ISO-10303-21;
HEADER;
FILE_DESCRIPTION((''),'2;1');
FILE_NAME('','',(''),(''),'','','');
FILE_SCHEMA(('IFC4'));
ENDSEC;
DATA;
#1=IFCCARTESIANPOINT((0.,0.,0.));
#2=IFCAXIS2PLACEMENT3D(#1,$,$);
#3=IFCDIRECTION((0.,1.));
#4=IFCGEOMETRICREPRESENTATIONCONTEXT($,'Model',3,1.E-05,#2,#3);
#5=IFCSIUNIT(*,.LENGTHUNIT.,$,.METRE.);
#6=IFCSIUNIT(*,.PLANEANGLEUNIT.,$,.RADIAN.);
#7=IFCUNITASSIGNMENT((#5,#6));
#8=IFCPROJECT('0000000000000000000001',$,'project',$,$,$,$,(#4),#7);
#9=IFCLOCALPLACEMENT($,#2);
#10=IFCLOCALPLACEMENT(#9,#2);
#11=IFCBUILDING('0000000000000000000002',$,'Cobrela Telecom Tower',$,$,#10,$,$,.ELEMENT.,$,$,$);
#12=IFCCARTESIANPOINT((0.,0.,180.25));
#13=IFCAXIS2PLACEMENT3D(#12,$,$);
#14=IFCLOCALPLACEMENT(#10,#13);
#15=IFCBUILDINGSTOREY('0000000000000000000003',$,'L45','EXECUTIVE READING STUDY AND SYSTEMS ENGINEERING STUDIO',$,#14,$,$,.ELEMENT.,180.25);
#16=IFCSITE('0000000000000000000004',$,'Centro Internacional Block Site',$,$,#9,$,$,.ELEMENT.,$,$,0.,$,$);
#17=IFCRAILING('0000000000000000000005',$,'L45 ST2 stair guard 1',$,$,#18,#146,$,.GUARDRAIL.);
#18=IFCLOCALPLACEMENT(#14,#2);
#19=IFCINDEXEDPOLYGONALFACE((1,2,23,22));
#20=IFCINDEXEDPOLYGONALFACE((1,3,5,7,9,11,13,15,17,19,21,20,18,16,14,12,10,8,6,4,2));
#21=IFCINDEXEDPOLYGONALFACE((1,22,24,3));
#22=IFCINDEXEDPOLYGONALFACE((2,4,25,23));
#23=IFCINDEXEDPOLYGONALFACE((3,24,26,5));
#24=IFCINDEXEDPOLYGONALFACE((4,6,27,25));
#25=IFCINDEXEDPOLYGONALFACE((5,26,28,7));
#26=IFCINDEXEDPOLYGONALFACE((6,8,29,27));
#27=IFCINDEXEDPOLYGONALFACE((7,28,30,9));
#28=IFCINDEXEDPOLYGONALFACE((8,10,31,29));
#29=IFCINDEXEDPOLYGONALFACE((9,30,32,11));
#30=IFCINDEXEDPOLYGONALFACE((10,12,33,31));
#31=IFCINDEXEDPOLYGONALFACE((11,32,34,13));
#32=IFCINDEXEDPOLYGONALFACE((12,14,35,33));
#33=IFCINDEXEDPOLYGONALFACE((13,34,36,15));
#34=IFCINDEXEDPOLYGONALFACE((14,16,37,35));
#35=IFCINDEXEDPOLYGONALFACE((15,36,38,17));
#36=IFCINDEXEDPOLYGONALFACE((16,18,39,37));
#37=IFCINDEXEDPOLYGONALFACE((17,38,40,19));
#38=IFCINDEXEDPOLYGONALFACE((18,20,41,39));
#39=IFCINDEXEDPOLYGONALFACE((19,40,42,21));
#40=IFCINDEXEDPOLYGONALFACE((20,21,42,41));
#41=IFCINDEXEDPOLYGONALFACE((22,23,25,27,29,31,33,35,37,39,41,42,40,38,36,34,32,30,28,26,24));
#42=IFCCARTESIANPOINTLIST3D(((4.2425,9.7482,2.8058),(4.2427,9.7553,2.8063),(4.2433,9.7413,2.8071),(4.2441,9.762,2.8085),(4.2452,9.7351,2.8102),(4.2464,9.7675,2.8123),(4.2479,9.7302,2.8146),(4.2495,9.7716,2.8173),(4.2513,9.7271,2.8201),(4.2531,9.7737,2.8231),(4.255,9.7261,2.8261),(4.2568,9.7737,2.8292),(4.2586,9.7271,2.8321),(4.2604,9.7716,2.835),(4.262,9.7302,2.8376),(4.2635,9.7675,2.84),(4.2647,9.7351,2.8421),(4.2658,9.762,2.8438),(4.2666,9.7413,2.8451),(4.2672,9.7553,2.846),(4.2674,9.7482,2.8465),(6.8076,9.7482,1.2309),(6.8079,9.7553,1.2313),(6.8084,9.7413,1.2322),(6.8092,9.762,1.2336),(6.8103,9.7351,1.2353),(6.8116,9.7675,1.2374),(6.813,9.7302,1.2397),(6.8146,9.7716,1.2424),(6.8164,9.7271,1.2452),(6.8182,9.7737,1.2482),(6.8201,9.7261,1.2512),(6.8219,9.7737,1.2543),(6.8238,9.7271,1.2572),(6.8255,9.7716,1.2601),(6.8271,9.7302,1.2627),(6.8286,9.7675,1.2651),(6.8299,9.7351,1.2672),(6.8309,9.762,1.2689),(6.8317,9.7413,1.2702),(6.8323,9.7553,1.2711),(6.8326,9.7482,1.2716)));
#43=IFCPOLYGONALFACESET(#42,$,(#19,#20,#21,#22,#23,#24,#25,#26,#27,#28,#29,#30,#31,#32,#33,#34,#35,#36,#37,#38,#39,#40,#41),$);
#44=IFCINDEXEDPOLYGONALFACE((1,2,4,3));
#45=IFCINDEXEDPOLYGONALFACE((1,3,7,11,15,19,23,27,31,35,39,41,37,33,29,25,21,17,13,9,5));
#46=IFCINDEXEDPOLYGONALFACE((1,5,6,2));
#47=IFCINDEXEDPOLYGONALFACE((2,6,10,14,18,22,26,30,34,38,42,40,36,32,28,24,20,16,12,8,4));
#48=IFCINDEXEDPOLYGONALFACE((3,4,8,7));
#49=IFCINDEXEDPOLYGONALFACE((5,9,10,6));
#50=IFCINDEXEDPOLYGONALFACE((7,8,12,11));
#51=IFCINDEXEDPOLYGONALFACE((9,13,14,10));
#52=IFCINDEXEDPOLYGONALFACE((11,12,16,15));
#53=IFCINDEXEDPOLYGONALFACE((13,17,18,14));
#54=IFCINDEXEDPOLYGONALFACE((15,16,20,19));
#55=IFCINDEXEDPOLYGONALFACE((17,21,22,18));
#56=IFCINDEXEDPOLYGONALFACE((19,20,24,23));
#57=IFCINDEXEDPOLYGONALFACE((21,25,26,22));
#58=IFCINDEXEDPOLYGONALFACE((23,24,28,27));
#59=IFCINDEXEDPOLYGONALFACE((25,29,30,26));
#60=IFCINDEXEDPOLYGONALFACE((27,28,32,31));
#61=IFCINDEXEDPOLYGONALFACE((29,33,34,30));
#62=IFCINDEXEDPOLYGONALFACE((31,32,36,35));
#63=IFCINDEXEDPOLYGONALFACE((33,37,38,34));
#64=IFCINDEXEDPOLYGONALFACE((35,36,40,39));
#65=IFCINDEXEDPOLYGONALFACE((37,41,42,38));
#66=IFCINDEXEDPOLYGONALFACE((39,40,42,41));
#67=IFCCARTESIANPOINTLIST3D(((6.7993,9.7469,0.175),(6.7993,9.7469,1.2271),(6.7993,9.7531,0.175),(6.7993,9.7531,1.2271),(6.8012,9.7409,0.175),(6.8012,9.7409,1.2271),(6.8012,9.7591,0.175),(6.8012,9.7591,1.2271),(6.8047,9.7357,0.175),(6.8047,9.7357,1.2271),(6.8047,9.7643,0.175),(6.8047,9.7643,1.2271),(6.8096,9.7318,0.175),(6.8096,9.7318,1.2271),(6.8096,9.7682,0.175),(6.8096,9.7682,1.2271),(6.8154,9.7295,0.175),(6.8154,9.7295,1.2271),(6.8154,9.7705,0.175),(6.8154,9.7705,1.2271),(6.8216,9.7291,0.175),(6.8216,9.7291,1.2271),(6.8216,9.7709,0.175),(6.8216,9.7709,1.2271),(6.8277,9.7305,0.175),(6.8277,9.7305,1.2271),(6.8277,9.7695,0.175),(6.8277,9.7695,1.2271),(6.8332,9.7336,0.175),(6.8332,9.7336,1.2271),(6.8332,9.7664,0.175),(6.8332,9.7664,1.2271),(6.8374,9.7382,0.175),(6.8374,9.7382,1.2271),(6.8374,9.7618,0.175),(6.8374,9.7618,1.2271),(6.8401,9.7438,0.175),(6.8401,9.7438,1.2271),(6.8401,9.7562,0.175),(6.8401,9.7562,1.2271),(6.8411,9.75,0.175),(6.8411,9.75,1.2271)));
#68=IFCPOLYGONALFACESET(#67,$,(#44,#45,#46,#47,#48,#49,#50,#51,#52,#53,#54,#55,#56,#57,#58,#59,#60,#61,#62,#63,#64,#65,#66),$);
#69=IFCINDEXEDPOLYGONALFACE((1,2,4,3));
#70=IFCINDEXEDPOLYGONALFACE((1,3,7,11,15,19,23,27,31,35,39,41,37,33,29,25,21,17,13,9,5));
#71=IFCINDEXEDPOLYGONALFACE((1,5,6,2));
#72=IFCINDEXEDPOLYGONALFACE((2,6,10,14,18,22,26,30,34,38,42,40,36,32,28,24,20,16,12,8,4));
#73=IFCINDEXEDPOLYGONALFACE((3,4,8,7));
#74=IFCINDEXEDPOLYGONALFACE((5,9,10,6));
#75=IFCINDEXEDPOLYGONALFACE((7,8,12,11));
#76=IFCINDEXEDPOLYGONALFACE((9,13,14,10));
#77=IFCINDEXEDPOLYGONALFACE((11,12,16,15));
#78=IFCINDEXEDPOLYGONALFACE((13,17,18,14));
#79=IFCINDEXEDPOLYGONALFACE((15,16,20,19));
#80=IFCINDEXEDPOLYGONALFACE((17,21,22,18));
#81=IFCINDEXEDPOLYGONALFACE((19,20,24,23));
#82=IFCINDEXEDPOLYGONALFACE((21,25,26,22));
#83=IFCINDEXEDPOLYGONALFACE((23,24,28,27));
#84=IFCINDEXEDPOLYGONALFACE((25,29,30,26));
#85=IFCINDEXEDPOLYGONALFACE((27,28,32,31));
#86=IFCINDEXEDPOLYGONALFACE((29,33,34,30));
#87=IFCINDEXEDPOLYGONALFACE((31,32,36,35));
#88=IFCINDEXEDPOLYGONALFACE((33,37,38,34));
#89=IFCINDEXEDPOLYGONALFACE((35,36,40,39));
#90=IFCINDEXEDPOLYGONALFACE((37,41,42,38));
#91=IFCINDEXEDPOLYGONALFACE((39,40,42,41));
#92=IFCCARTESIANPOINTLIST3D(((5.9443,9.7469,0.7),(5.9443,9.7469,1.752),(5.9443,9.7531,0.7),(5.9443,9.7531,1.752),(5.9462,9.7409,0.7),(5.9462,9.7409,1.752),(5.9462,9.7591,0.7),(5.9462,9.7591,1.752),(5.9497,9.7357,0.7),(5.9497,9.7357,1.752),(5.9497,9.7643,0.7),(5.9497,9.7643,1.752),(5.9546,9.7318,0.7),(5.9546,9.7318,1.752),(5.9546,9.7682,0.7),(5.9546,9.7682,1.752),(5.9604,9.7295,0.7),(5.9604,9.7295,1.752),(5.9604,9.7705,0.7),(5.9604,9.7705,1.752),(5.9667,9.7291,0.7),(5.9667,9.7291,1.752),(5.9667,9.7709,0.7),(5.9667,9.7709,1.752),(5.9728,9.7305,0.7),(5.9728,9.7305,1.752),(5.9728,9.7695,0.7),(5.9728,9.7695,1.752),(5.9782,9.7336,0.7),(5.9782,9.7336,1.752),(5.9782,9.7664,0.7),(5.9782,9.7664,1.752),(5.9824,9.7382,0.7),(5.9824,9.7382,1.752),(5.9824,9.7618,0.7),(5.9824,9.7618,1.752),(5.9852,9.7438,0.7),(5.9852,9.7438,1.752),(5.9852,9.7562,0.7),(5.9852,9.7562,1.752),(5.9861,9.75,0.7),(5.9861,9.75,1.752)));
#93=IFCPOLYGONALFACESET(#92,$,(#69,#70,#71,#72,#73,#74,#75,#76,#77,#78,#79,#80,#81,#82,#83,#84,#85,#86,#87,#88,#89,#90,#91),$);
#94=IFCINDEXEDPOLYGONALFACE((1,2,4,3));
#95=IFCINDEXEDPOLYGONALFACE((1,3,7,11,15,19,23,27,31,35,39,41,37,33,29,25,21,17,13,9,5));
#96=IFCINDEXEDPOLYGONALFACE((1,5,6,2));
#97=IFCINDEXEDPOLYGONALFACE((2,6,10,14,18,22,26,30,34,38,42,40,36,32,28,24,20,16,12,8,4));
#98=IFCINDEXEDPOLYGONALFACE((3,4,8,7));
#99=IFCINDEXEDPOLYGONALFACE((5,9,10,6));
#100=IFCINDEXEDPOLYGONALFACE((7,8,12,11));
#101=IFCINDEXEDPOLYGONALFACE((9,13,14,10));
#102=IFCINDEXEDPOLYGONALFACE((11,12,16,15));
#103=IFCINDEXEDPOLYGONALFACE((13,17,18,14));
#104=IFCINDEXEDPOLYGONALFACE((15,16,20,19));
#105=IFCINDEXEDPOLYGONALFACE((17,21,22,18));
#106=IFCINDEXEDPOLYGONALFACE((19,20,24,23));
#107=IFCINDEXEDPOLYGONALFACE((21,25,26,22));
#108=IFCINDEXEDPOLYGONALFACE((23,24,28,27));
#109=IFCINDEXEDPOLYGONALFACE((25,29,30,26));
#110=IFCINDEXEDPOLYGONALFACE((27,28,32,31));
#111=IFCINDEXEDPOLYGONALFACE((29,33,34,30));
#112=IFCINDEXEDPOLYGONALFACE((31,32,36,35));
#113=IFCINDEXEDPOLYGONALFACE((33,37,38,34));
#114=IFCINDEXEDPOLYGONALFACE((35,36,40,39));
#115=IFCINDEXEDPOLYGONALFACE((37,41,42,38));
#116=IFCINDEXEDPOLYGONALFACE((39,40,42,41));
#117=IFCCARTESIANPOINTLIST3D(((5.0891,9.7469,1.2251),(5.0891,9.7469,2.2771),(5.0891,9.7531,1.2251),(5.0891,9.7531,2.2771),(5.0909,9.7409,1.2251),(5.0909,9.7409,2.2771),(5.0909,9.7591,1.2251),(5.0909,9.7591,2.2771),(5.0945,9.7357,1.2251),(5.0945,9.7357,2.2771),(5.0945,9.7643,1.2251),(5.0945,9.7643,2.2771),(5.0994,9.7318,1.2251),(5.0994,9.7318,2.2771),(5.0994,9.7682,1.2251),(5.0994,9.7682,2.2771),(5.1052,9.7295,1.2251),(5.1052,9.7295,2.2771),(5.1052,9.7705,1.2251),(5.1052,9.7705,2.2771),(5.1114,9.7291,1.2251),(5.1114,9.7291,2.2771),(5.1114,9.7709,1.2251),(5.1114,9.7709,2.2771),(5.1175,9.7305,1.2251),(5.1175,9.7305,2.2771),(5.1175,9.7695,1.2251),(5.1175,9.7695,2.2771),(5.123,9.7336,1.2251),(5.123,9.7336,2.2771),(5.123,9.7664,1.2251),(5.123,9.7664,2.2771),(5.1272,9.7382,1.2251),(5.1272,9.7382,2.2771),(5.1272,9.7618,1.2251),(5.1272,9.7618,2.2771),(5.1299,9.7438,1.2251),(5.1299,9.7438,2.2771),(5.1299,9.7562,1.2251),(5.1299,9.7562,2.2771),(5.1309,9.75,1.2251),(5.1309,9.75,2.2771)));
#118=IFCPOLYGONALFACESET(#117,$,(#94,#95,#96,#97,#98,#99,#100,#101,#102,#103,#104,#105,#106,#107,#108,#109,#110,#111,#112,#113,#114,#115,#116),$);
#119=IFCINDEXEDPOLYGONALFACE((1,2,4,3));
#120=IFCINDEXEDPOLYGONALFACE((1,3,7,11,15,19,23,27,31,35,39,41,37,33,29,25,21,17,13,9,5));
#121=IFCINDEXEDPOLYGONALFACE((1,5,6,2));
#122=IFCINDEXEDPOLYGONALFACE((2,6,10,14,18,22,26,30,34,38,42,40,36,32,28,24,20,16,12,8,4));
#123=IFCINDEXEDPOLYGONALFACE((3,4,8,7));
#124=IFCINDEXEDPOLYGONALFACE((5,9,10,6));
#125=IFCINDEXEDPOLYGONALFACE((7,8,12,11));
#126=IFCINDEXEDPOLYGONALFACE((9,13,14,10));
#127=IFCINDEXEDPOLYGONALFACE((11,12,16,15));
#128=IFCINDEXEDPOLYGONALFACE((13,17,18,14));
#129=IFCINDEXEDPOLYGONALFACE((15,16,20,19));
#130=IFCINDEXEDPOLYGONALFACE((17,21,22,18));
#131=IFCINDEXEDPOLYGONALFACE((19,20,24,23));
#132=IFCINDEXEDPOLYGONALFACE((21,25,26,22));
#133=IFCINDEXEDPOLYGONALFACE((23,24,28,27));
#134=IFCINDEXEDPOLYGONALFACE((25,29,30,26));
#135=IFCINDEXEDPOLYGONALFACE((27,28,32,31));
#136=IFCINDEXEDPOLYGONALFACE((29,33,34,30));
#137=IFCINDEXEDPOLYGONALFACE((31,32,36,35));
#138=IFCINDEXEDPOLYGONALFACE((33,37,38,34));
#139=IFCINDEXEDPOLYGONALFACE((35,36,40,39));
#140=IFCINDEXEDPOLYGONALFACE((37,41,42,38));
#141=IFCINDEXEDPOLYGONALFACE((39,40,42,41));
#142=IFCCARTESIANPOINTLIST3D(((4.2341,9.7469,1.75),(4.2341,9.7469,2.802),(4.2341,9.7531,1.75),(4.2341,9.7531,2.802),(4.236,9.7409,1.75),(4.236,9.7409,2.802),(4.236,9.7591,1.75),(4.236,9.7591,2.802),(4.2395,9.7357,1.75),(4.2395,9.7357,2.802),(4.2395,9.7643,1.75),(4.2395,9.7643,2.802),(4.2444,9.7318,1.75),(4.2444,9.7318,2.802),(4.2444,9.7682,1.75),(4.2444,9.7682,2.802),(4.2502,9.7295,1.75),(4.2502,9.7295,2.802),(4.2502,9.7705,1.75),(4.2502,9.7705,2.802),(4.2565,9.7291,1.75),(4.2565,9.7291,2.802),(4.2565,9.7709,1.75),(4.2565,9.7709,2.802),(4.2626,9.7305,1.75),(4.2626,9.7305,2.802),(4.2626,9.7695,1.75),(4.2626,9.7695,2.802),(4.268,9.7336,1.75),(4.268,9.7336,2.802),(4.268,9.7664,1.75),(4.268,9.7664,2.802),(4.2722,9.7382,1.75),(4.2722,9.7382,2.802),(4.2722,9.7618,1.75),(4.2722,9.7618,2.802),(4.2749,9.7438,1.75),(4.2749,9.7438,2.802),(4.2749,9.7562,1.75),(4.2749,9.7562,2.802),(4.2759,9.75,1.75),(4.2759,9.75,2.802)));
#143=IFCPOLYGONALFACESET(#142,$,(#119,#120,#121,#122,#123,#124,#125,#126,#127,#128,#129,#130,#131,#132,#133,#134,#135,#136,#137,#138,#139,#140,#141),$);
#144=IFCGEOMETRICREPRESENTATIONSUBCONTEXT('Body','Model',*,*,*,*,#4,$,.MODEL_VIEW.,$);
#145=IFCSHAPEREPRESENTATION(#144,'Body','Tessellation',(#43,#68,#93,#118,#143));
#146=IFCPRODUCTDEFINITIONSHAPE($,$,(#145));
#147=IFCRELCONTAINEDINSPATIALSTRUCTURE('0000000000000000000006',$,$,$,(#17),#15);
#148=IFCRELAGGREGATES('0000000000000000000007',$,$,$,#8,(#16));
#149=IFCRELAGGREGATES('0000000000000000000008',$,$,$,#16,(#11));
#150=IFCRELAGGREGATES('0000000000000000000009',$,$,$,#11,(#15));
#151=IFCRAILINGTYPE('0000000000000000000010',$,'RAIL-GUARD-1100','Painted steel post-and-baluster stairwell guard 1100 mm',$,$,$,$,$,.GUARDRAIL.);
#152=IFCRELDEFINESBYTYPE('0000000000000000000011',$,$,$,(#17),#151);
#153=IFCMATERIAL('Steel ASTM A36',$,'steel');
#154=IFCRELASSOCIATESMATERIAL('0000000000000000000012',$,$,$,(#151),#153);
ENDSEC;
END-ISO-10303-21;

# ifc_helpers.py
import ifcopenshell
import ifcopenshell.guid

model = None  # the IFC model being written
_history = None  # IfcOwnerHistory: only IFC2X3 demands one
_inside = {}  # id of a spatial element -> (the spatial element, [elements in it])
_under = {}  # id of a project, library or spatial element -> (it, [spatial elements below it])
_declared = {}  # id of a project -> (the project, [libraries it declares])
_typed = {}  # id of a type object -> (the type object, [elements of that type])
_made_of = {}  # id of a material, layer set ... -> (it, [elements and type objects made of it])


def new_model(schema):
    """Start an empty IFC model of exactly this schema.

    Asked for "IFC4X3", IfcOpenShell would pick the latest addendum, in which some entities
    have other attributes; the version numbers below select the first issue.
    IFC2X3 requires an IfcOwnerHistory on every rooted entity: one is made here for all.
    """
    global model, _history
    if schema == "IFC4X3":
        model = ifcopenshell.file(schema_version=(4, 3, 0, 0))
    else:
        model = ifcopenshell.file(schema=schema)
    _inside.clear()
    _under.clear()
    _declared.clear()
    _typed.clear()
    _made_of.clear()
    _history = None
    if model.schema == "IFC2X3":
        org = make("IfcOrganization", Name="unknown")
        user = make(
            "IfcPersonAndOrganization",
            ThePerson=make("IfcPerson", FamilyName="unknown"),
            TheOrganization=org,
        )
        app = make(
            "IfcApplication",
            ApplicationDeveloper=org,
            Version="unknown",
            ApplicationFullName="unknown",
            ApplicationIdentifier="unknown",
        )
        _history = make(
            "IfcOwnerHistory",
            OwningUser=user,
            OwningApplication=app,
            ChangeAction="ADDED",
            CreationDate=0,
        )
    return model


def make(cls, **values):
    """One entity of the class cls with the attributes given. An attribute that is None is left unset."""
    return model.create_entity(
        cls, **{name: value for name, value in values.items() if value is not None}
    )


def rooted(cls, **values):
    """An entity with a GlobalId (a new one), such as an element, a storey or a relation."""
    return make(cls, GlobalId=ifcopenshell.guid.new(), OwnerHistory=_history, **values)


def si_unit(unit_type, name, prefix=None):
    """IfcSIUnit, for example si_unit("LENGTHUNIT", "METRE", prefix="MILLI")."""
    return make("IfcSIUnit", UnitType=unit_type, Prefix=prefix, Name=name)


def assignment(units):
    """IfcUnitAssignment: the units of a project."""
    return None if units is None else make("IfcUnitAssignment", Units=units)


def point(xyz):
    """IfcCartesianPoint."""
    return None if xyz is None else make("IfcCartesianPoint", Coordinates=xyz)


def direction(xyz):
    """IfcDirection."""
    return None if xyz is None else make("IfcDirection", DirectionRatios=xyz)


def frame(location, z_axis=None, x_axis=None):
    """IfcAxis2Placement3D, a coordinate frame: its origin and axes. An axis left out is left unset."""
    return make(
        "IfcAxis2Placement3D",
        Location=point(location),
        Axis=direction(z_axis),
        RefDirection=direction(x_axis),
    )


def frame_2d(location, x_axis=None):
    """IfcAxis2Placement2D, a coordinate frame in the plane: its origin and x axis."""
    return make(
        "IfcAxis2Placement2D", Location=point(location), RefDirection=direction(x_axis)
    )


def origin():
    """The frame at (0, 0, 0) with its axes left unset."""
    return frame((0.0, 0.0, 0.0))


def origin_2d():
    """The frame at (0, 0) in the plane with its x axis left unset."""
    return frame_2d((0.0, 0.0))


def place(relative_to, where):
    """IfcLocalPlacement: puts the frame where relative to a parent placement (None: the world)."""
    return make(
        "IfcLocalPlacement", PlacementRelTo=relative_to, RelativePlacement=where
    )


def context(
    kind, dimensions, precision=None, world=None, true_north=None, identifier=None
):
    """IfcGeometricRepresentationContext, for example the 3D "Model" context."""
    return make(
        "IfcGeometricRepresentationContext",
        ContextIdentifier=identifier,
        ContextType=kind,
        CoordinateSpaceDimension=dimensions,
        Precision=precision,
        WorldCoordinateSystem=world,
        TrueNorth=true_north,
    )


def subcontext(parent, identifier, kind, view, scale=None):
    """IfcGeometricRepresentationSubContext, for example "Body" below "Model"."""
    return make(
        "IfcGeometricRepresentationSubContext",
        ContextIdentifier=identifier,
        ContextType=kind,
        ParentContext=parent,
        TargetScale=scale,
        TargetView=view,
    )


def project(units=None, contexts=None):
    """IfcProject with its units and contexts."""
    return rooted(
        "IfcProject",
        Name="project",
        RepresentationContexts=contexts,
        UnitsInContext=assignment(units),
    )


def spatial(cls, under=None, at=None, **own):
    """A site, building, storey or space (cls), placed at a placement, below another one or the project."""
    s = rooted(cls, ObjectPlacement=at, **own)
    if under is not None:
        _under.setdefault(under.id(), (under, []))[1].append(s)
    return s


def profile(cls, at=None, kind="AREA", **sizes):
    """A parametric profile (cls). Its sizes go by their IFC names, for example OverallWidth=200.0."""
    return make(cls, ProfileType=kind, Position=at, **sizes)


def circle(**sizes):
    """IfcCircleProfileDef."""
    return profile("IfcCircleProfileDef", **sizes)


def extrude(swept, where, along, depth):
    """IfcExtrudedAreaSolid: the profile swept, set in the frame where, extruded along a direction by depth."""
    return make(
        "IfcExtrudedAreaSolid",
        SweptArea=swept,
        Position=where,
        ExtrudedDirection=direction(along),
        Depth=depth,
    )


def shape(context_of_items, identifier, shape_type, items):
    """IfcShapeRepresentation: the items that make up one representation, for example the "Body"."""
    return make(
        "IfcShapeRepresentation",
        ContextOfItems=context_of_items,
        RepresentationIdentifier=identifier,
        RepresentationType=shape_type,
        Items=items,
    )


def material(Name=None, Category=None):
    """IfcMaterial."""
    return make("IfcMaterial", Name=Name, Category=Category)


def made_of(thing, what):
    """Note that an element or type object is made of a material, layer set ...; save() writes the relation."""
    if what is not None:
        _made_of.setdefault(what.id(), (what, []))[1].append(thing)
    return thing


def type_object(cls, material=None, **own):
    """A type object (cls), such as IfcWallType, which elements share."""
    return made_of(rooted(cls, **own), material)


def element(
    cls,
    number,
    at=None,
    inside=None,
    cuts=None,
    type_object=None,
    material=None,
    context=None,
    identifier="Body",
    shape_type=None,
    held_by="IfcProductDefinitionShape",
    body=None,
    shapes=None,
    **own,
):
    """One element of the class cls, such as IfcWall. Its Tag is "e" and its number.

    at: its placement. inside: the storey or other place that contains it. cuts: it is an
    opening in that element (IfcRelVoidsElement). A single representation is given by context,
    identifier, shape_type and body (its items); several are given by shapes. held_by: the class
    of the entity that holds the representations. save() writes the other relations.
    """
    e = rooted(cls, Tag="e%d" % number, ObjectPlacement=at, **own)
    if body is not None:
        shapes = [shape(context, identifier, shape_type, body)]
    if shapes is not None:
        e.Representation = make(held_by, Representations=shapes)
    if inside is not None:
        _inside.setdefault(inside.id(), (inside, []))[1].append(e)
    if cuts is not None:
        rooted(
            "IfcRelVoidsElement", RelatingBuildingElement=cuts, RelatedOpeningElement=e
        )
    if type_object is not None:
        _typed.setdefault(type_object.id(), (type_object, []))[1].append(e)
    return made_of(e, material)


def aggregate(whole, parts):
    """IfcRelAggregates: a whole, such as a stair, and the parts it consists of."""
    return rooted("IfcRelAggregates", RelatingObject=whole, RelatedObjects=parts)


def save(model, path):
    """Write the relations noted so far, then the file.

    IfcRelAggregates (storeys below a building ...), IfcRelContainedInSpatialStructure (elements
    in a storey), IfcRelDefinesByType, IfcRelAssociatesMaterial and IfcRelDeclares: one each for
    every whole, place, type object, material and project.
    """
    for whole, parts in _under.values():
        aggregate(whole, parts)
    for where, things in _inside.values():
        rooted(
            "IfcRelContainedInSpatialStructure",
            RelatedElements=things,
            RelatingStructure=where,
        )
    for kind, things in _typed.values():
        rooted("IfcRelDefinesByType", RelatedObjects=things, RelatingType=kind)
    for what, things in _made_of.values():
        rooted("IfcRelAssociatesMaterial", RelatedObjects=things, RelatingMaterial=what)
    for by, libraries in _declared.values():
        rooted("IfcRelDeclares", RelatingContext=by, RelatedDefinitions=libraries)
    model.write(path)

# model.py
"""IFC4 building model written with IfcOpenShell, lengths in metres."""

from ifc_helpers import new_model, si_unit, direction, frame, origin, origin_2d, place, context, subcontext, project, spatial, circle, extrude, material, type_object, element, save


model = new_model("IFC4")

# Units and contexts
model_context = context("Model", 3, precision=1e-05, world=origin(), true_north=direction((0.0, 1.0)))
body_context = subcontext(model_context, "Body", "Model", "MODEL_VIEW")
ifc_project = project(units=[si_unit("LENGTHUNIT", "METRE"), si_unit("PLANEANGLEUNIT", "RADIAN")], contexts=[model_context])

# Site, building, storey
site_placement = place(None, origin())
site = spatial("IfcSite", under=ifc_project, at=site_placement, Name="Centro Internacional Block Site", CompositionType="ELEMENT", RefElevation=0.0)
building_placement = place(site_placement, origin())
building = spatial("IfcBuilding", under=site, at=building_placement, Name="Cobrela Telecom Tower", CompositionType="ELEMENT")
storey_placement = place(building_placement, frame((0.0, 0.0, 180.25)))
storey = spatial("IfcBuildingStorey", under=building, at=storey_placement, Name="L45", Description="EXECUTIVE READING STUDY AND SYSTEMS ENGINEERING STUDIO", CompositionType="ELEMENT", Elevation=180.25)

# Shared definitions
ifc_material_1 = material(Name="Steel ASTM A36", Category="steel")

# Railing
railing_type = type_object("IfcRailingType", Name="RAIL-GUARD-1100", Description="Painted steel post-and-baluster stairwell guard 1100 mm", PredefinedType="GUARDRAIL", material=ifc_material_1)
railing_1_placement = place(storey_placement, frame((6.8201, 9.75, 0.175)))
element("IfcRailing", 1, at=railing_1_placement, inside=storey, type_object=railing_type, Name="L45 ST2 stair guard 1", PredefinedType="GUARDRAIL", context=body_context, shape_type="SweptSolid", body=[
    extrude(circle(Radius=0.0239, at=origin_2d()), frame((0.0, 0.0, 1.0762), z_axis=(-0.852195, 0.0, 0.523224), x_axis=(0.0, -1.0, 0.0)), (0.0, 0.0, 1.0), 3.01),
    extrude(circle(Radius=0.021, at=origin_2d()), origin(), (0.0, 0.0, 1.0), 1.052),
    extrude(circle(Radius=0.021, at=origin_2d()), frame((-0.855, 0.0, 0.5249)), (0.0, 0.0, 1.0), 1.052),
    extrude(circle(Radius=0.021, at=origin_2d()), frame((-1.7102, 0.0, 1.05)), (0.0, 0.0, 1.0), 1.052),
    extrude(circle(Radius=0.021, at=origin_2d()), frame((-2.5652, 0.0, 1.575)), (0.0, 0.0, 1.0), 1.052),
])

save(model, "model.ifc")
